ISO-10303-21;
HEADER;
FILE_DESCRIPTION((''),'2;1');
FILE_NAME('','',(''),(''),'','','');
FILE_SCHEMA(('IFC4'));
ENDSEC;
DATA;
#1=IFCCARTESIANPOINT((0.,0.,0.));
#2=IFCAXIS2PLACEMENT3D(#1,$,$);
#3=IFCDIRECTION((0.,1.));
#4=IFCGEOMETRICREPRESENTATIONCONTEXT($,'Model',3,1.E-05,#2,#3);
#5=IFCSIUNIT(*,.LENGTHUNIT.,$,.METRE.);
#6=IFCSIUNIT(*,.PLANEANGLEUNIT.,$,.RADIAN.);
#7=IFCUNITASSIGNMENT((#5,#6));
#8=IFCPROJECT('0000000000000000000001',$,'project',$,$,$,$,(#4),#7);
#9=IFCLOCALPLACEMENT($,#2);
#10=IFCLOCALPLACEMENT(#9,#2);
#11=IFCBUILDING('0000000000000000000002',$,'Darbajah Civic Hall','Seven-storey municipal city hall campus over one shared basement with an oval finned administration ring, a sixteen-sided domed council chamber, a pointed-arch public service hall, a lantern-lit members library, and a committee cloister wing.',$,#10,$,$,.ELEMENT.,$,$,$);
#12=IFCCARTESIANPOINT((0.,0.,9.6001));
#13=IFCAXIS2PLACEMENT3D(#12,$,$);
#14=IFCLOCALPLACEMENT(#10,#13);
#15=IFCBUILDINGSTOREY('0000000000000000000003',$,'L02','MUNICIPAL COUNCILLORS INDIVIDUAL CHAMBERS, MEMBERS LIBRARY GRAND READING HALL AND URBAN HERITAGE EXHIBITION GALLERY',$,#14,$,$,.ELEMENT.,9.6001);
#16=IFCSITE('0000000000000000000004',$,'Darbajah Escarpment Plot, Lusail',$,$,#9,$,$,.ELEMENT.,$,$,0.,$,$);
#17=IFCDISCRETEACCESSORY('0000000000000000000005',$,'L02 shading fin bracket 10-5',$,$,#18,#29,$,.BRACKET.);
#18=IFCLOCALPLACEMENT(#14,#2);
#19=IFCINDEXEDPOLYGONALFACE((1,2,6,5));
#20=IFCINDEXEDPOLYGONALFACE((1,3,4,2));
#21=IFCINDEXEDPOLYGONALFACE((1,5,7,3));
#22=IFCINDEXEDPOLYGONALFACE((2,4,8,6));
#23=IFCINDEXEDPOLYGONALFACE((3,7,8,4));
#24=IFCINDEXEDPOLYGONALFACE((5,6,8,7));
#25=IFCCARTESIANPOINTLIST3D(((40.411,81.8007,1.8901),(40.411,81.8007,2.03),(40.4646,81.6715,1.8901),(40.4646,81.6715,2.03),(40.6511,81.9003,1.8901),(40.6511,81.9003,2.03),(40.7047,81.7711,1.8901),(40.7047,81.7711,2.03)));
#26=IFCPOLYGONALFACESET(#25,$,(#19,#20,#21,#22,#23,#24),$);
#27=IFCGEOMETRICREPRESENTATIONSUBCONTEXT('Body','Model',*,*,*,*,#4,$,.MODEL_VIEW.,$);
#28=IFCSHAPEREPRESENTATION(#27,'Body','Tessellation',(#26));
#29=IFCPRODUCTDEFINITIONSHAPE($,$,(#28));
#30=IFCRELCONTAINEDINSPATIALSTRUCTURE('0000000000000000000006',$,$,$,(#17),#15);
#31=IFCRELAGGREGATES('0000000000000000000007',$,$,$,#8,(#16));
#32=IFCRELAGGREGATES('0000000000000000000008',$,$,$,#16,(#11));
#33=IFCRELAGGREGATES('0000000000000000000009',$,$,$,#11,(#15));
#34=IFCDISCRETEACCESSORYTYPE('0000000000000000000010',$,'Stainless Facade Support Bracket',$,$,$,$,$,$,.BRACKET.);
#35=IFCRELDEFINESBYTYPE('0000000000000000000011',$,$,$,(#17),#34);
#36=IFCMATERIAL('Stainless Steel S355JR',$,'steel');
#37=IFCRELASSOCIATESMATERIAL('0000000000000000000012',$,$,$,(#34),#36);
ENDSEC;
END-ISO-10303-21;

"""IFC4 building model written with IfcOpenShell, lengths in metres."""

from ifc_helpers import new_model, si_unit, direction, frame, origin, origin_2d, place, context, subcontext, project, spatial, rectangle, extrude, material, type_object, element, save


model = new_model("IFC4")

# Units and contexts
model_context = context("Model", 3, precision=1e-05, world=origin(), true_north=direction((0.0, 1.0)))
body_context = subcontext(model_context, "Body", "Model", "MODEL_VIEW")
ifc_project = project(units=[si_unit("LENGTHUNIT", "METRE"), si_unit("PLANEANGLEUNIT", "RADIAN")], contexts=[model_context])

# Site, building, storey
site_placement = place(None, origin())
site = spatial("IfcSite", under=ifc_project, at=site_placement, Name="Darbajah Escarpment Plot, Lusail", CompositionType="ELEMENT", RefElevation=0.0)
building_placement = place(site_placement, origin())
building = spatial("IfcBuilding", under=site, at=building_placement, Name="Darbajah Civic Hall", Description="Seven-storey municipal city hall campus over one shared basement with an oval finned administration ring, a sixteen-sided domed council chamber, a pointed-arch public service hall, a lantern-lit members library, and a committee cloister wing.", CompositionType="ELEMENT")
storey_placement = place(building_placement, frame((0.0, 0.0, 9.6001)))
storey = spatial("IfcBuildingStorey", under=building, at=storey_placement, Name="L02", Description="MUNICIPAL COUNCILLORS INDIVIDUAL CHAMBERS, MEMBERS LIBRARY GRAND READING HALL AND URBAN HERITAGE EXHIBITION GALLERY", CompositionType="ELEMENT", Elevation=9.6001)

# Discrete accessory
ifc_material_1 = material(Name="Stainless Steel S355JR", Category="steel")
discrete_accessory_type = type_object("IfcDiscreteAccessoryType", Name="Stainless Facade Support Bracket", PredefinedType="BRACKET", material=ifc_material_1)
for number, where, z_axis, x_axis, name in (
    (1, (40.5579, 81.7859, 1.8901), (0.0, 0.0, 1.0), (-0.923612, -0.383328, 0.0), "L02 shading fin bracket 10-5"),
):
    element("IfcDiscreteAccessory", number, at=place(storey_placement, frame(where, z_axis=z_axis, x_axis=x_axis)), inside=storey, type_object=discrete_accessory_type, Name=name, PredefinedType="BRACKET", context=body_context, shape_type="SweptSolid", body=[
        extrude(rectangle(XDim=0.26, YDim=0.1399, at=origin_2d()), origin(), (0.0, 0.0, 1.0), 0.1399),
    ])

save(model, "model.ifc")
